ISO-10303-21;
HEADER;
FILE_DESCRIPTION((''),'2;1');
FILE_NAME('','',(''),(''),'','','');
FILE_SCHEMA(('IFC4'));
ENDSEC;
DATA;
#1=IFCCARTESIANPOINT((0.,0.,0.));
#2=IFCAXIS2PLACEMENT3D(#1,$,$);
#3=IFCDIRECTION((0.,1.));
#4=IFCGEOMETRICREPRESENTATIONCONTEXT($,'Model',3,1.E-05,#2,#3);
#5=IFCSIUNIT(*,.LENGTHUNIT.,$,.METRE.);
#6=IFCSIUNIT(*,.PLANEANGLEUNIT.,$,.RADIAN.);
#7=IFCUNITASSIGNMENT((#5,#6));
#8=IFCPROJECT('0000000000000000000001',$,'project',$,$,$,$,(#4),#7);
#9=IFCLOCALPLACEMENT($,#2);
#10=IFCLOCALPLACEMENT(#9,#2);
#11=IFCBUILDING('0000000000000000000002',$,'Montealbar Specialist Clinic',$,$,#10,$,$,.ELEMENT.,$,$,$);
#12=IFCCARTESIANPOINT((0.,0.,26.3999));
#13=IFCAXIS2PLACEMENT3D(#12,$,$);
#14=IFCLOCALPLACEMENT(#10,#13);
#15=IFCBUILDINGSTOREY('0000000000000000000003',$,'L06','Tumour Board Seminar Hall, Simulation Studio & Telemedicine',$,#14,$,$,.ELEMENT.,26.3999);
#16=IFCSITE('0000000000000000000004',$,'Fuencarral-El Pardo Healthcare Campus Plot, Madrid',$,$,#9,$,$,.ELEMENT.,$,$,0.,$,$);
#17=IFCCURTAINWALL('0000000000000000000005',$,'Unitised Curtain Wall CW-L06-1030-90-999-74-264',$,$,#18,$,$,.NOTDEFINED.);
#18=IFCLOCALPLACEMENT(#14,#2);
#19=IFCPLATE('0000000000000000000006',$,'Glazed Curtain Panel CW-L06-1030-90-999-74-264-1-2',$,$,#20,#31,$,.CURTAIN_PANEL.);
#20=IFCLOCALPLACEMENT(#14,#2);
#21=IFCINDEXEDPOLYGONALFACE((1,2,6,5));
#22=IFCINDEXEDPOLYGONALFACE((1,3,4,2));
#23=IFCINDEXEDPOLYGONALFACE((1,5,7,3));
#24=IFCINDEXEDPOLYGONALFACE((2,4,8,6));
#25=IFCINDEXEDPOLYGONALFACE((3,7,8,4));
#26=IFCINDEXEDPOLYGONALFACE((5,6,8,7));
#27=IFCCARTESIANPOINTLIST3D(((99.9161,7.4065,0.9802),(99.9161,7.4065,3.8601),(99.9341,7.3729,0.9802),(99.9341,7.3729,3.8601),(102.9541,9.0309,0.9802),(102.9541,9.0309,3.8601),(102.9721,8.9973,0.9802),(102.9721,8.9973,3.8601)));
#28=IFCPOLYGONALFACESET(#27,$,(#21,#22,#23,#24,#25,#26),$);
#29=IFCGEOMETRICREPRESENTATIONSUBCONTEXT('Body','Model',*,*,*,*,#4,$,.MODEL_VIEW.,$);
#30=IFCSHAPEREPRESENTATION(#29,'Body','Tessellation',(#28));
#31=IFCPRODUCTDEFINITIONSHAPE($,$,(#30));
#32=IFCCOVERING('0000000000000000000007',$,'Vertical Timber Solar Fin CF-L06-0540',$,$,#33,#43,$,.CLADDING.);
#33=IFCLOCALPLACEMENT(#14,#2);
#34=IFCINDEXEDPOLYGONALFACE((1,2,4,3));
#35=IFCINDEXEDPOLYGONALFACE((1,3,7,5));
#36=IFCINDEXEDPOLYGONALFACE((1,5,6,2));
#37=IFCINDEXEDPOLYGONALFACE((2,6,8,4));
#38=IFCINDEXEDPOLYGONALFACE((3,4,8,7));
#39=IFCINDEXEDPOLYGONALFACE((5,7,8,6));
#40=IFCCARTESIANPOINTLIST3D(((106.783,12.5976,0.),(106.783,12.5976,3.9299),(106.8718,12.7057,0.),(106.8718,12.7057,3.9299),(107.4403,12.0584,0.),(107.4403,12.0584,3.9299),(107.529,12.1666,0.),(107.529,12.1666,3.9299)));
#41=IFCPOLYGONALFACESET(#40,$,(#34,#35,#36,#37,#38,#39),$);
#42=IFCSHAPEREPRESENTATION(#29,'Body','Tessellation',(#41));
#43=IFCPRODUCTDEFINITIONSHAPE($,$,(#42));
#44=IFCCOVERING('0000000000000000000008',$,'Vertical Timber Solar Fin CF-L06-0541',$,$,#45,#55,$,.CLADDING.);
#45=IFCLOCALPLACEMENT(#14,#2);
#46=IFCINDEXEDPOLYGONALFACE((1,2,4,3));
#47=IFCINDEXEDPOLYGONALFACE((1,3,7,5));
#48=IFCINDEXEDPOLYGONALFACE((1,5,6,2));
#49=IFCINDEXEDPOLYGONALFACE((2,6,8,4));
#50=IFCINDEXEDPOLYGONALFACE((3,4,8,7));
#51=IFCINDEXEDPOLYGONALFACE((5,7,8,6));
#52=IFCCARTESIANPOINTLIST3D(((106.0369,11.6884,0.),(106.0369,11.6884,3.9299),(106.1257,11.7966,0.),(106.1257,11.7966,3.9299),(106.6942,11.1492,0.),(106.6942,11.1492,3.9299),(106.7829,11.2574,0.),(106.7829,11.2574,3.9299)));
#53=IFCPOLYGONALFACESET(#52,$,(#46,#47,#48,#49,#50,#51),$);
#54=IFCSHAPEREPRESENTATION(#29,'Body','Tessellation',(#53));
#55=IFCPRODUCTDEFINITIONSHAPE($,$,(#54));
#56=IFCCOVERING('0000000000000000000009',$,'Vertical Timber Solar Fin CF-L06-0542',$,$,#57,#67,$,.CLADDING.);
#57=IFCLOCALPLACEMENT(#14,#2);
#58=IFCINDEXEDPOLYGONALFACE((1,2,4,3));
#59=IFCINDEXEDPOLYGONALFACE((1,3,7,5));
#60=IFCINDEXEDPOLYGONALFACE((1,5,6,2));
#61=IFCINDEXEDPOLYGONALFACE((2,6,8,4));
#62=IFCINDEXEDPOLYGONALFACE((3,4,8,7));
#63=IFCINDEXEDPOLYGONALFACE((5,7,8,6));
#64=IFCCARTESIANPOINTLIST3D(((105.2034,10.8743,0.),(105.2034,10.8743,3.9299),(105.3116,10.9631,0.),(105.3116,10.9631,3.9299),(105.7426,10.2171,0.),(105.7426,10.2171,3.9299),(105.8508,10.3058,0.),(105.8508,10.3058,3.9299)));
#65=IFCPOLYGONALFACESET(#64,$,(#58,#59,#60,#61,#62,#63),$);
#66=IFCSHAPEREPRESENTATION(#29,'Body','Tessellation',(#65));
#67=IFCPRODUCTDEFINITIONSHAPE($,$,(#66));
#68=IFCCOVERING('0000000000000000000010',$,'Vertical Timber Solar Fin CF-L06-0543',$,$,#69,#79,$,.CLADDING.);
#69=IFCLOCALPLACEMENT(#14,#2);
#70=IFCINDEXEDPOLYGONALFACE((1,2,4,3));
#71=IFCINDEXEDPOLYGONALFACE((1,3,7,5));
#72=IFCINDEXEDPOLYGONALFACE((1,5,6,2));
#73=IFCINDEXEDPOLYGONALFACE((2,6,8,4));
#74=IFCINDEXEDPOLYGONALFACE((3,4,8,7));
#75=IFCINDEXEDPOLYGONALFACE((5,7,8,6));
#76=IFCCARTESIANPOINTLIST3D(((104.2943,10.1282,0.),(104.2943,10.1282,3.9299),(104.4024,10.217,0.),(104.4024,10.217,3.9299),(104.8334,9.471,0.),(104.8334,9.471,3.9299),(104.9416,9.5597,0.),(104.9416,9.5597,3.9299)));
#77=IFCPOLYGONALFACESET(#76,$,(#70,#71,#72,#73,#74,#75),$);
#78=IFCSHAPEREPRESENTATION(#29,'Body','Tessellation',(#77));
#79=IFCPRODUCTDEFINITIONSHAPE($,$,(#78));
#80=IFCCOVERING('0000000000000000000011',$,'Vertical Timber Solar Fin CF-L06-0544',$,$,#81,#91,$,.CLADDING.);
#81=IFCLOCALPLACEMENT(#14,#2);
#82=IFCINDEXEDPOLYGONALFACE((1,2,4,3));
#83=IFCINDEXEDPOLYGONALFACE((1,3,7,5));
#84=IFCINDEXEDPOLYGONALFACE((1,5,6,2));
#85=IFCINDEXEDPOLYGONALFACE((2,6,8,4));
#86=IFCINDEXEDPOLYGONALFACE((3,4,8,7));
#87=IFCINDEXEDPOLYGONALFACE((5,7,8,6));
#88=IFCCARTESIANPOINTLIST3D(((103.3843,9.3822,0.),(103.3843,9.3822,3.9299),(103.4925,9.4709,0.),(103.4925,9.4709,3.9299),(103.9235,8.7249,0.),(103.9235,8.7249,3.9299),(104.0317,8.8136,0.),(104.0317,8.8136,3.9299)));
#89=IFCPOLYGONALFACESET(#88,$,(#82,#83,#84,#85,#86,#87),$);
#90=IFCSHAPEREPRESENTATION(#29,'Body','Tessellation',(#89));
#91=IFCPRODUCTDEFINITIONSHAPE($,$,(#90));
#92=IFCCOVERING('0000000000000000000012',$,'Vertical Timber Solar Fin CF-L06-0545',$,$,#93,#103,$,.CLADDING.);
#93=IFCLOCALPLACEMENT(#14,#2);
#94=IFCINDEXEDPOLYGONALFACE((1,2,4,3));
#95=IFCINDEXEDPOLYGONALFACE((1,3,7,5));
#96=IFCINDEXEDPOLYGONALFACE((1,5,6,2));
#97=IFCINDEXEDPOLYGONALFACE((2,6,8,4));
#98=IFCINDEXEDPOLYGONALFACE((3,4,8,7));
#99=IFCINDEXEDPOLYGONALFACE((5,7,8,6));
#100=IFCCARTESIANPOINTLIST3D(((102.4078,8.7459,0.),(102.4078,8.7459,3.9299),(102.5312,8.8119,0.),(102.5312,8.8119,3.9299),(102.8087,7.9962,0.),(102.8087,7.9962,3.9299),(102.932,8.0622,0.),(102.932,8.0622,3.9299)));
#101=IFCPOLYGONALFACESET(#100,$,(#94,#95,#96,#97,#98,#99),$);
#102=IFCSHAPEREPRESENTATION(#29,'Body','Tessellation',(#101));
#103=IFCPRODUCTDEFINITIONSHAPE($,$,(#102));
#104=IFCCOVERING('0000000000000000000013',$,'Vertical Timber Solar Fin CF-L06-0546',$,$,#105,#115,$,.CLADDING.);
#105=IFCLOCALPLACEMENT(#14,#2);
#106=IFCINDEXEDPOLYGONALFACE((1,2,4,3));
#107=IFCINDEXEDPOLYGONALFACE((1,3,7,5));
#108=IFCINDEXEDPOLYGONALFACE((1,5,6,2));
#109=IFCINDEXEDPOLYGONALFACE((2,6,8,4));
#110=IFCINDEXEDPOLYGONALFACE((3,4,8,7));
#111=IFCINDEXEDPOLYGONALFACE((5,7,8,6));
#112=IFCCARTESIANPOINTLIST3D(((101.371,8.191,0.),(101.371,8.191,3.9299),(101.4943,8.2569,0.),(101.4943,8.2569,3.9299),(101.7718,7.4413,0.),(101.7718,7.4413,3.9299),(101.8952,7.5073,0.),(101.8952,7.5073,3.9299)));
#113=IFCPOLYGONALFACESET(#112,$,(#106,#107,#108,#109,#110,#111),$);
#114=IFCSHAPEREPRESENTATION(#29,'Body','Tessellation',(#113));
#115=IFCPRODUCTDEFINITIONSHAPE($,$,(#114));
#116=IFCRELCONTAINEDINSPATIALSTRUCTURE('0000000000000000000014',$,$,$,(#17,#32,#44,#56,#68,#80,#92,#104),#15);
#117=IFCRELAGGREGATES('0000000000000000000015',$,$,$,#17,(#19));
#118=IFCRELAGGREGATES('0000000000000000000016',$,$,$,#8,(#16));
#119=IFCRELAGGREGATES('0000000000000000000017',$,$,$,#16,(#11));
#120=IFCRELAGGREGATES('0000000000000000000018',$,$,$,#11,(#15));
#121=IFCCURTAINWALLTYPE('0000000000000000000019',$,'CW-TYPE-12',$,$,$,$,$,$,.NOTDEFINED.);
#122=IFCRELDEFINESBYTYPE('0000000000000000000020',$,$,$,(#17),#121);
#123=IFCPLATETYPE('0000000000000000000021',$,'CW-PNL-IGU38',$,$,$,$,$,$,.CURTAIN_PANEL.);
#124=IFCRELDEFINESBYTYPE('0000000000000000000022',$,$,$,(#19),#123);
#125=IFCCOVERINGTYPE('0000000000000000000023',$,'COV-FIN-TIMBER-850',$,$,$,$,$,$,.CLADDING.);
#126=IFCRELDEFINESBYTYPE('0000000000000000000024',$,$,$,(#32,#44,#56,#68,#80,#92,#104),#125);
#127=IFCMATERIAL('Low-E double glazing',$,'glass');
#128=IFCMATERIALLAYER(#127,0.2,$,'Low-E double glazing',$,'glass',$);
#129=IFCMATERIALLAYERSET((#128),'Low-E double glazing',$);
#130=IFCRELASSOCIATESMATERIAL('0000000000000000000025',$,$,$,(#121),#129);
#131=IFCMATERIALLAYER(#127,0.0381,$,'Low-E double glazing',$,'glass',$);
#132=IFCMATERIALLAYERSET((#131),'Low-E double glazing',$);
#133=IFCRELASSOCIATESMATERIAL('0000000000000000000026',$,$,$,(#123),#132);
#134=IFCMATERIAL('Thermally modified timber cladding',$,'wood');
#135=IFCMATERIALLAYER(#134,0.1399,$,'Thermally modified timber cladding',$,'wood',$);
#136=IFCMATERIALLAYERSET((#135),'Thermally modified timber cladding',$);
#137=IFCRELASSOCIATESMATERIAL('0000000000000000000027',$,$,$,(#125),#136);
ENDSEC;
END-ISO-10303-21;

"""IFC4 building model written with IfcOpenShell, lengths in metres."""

from ifc_helpers import new_model, si_unit, direction, frame, origin, origin_2d, place, context, subcontext, project, spatial, rectangle, extrude, material, layer, layer_set, type_object, element, aggregate, save


model = new_model("IFC4")

# Units and contexts
model_context = context("Model", 3, precision=1e-05, world=origin(), true_north=direction((0.0, 1.0)))
body_context = subcontext(model_context, "Body", "Model", "MODEL_VIEW")
ifc_project = project(units=[si_unit("LENGTHUNIT", "METRE"), si_unit("PLANEANGLEUNIT", "RADIAN")], contexts=[model_context])

# Site, building, storey
site_placement = place(None, origin())
site = spatial("IfcSite", under=ifc_project, at=site_placement, Name="Fuencarral-El Pardo Healthcare Campus Plot, Madrid", CompositionType="ELEMENT", RefElevation=0.0)
building_placement = place(site_placement, origin())
building = spatial("IfcBuilding", under=site, at=building_placement, Name="Montealbar Specialist Clinic", CompositionType="ELEMENT")
storey_placement = place(building_placement, frame((0.0, 0.0, 26.3999)))
storey = spatial("IfcBuildingStorey", under=building, at=storey_placement, Name="L06", Description="Tumour Board Seminar Hall, Simulation Studio & Telemedicine", CompositionType="ELEMENT", Elevation=26.3999)

# Shared definitions
ifc_material_1 = material(Name="Low-E double glazing", Category="glass")
ifc_layer_1 = layer(ifc_material_1, 0.2, Name="Low-E double glazing", Category="glass")
ifc_layer_set_1 = layer_set([ifc_layer_1], Name="Low-E double glazing")
curtain_wall_type = type_object("IfcCurtainWallType", Name="CW-TYPE-12", PredefinedType="NOTDEFINED", material=ifc_layer_set_1)

# Curtain wall
curtain_wall_1_placement = place(storey_placement, origin())
curtain_wall_1 = element("IfcCurtainWall", 1, at=curtain_wall_1_placement, inside=storey, type_object=curtain_wall_type, Name="Unitised Curtain Wall CW-L06-1030-90-999-74-264", PredefinedType="NOTDEFINED")

# Plate
ifc_layer_2 = layer(ifc_material_1, 0.0381, Name="Low-E double glazing", Category="glass")
ifc_layer_set_2 = layer_set([ifc_layer_2], Name="Low-E double glazing")
plate_type = type_object("IfcPlateType", Name="CW-PNL-IGU38", PredefinedType="CURTAIN_PANEL", material=ifc_layer_set_2)
plate_1_placement = place(storey_placement, frame((101.4441, 8.2019, 0.9802), z_axis=(0.0, 0.0, 1.0), x_axis=(-0.88185, -0.471529, 0.0)))
plate_1 = element("IfcPlate", 2, at=plate_1_placement, type_object=plate_type, Name="Glazed Curtain Panel CW-L06-1030-90-999-74-264-1-2", PredefinedType="CURTAIN_PANEL", context=body_context, shape_type="SweptSolid", body=[
    extrude(rectangle(XDim=3.4451, YDim=0.0381, at=origin_2d()), origin(), (0.0, 0.0, 1.0), 2.8799),
])
aggregate(curtain_wall_1, [plate_1])

# Coverings
ifc_material_2 = material(Name="Thermally modified timber cladding", Category="wood")
ifc_layer_3 = layer(ifc_material_2, 0.1399, Name="Thermally modified timber cladding", Category="wood")
ifc_layer_set_3 = layer_set([ifc_layer_3], Name="Thermally modified timber cladding")
covering_type = type_object("IfcCoveringType", Name="COV-FIN-TIMBER-850", PredefinedType="CLADDING", material=ifc_layer_set_3)
for number, where, z_axis, x_axis, name in (
    (3, (107.156, 12.3821, 0.0), (0.0, 0.0, 1.0), (0.773123, -0.634256, 0.0), "Vertical Timber Solar Fin CF-L06-0540"),
    (4, (106.4099, 11.4729, 0.0), (0.0, 0.0, 1.0), (0.773123, -0.634256, 0.0), "Vertical Timber Solar Fin CF-L06-0541"),
    (5, (105.5271, 10.5901, 0.0), (0.0, 0.0, 1.0), (0.634256, -0.773123, 0.0), "Vertical Timber Solar Fin CF-L06-0542"),
    (6, (104.6179, 9.844, 0.0), (0.0, 0.0, 1.0), (0.634256, -0.773123, 0.0), "Vertical Timber Solar Fin CF-L06-0543"),
    (7, (103.708, 9.0979, 0.0), (0.0, 0.0, 1.0), (0.634256, -0.773123, 0.0), "Vertical Timber Solar Fin CF-L06-0544"),
    (8, (102.6699, 8.4041, 0.0), (0.0, 0.0, 1.0), (0.471529, -0.88185, 0.0), "Vertical Timber Solar Fin CF-L06-0545"),
    (9, (101.6331, 7.8491, 0.0), (0.0, 0.0, 1.0), (0.471529, -0.88185, 0.0), "Vertical Timber Solar Fin CF-L06-0546"),
):
    element("IfcCovering", number, at=place(storey_placement, frame(where, z_axis=z_axis, x_axis=x_axis)), inside=storey, type_object=covering_type, Name=name, PredefinedType="CLADDING", context=body_context, shape_type="SweptSolid", body=[
        extrude(rectangle(XDim=0.8501, YDim=0.1399, at=origin_2d()), origin(), (0.0, 0.0, 1.0), 3.9299),
    ])

save(model, "model.ifc")
